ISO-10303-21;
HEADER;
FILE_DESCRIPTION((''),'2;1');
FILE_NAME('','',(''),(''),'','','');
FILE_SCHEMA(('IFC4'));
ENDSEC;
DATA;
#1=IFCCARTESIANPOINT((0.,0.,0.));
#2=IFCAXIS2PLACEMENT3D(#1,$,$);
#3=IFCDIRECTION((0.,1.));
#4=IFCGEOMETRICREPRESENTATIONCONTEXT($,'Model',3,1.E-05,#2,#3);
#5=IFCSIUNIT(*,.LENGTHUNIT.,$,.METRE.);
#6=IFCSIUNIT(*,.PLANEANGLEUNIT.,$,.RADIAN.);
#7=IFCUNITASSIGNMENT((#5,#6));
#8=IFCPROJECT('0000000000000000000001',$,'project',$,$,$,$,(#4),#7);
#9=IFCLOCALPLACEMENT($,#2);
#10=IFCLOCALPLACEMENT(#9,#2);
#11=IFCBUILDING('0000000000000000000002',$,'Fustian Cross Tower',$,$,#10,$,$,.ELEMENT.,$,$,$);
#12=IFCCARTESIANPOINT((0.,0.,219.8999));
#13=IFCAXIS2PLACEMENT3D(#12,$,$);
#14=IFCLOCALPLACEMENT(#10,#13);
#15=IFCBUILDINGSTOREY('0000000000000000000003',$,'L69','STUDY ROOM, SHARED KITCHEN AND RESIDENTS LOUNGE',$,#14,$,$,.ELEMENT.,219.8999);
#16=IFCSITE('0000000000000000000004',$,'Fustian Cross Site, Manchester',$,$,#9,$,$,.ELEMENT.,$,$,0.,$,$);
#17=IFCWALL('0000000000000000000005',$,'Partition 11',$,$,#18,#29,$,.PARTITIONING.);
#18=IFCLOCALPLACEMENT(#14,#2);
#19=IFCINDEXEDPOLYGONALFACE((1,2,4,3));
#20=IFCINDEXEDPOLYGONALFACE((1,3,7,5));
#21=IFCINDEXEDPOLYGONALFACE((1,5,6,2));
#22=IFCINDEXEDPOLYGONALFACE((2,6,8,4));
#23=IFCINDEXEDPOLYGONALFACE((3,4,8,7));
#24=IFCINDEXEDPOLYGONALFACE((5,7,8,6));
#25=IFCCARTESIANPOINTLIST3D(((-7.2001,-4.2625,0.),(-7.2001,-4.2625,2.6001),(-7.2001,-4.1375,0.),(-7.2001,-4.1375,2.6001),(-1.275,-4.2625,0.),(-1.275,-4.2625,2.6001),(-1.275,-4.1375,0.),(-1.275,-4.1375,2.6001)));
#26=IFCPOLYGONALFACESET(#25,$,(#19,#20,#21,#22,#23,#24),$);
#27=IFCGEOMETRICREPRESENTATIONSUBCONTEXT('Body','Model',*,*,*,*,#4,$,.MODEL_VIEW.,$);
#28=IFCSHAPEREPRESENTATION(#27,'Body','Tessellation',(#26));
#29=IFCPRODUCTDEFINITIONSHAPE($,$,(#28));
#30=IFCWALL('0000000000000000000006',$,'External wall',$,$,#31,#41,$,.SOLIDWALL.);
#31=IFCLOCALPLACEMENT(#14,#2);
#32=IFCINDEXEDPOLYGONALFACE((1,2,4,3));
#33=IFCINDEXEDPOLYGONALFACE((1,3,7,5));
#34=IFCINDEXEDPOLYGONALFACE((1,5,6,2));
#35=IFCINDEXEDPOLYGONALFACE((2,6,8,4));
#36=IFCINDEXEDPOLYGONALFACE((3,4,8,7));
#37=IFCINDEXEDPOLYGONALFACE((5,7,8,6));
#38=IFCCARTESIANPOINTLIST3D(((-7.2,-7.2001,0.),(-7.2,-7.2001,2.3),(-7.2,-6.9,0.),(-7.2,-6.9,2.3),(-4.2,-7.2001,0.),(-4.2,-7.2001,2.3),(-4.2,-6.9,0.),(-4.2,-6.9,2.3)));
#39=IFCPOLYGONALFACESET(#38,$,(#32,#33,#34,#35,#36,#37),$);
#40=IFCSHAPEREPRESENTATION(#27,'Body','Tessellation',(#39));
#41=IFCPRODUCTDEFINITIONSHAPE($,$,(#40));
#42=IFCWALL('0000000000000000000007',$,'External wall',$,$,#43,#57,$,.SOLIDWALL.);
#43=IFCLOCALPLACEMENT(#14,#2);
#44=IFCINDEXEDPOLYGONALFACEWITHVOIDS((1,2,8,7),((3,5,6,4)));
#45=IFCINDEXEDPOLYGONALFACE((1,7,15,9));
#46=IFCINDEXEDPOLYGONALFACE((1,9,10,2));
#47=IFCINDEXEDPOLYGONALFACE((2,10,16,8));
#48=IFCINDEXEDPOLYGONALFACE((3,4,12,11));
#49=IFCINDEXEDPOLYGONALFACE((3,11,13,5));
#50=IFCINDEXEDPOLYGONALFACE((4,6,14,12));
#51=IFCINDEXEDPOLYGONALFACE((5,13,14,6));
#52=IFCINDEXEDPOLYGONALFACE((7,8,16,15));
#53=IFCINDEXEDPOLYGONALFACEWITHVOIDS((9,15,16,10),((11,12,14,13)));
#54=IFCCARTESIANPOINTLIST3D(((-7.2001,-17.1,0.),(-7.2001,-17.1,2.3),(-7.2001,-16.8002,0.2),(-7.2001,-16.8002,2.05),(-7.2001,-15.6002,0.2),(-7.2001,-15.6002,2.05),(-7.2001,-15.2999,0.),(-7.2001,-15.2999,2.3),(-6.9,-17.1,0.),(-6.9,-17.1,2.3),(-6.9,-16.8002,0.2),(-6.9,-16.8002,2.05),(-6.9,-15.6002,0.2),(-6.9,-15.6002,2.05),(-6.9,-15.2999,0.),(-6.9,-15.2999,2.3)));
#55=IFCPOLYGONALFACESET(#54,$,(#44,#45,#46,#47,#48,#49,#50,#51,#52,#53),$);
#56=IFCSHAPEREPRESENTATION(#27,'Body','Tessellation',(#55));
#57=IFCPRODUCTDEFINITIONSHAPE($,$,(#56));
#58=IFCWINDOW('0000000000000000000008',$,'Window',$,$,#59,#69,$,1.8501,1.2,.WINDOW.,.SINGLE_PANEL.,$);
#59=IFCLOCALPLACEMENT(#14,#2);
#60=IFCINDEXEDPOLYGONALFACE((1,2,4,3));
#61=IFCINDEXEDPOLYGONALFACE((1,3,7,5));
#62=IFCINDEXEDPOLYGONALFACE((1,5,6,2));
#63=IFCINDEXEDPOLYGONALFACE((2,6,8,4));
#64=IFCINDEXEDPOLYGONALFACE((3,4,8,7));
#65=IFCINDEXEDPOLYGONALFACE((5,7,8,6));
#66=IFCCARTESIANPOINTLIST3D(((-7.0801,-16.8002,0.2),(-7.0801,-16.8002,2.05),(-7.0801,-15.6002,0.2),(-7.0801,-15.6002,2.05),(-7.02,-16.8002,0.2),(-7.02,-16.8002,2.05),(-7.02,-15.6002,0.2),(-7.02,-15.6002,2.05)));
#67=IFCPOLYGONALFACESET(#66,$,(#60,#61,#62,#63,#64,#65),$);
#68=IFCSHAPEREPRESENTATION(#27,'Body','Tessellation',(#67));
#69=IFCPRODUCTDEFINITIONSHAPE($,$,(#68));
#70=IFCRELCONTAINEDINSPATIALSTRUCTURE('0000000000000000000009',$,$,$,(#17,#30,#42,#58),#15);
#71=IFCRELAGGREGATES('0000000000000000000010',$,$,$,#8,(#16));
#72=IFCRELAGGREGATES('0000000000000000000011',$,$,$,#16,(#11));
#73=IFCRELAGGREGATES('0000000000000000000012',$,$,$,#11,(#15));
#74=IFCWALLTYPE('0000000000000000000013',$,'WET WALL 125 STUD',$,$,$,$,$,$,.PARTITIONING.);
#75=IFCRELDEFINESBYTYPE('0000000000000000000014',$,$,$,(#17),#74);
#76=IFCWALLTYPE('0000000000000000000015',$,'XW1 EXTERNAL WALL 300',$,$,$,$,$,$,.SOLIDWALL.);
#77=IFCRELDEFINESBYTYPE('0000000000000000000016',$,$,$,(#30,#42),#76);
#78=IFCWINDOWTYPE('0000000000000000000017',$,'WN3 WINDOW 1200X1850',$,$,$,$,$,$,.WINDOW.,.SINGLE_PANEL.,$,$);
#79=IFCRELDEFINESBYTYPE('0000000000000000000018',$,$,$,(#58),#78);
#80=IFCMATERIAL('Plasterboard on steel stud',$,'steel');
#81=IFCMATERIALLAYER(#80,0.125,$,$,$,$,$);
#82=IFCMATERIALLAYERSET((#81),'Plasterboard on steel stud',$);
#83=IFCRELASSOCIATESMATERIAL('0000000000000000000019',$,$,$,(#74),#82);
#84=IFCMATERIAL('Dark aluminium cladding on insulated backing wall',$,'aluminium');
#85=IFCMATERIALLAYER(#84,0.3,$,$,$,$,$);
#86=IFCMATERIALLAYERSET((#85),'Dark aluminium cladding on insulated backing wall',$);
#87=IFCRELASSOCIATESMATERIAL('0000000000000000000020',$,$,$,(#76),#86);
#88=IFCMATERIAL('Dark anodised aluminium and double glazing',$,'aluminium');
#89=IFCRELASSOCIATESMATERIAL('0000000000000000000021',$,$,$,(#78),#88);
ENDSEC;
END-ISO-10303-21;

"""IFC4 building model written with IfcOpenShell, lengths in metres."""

from ifc_helpers import new_model, si_unit, direction, frame, frame_2d, origin, place, context, subcontext, project, spatial, rectangle, extrude, material, layer, layer_set, type_object, element, fill, save


model = new_model("IFC4")

# Units and contexts
model_context = context("Model", 3, precision=1e-05, world=origin(), true_north=direction((0.0, 1.0)))
body_context = subcontext(model_context, "Body", "Model", "MODEL_VIEW")
ifc_project = project(units=[si_unit("LENGTHUNIT", "METRE"), si_unit("PLANEANGLEUNIT", "RADIAN")], contexts=[model_context])

# Site, building, storey
site_placement = place(None, origin())
site = spatial("IfcSite", under=ifc_project, at=site_placement, Name="Fustian Cross Site, Manchester", CompositionType="ELEMENT", RefElevation=0.0)
building_placement = place(site_placement, origin())
building = spatial("IfcBuilding", under=site, at=building_placement, Name="Fustian Cross Tower", CompositionType="ELEMENT")
storey_placement = place(building_placement, frame((0.0, 0.0, 219.8999)))
storey = spatial("IfcBuildingStorey", under=building, at=storey_placement, Name="L69", Description="STUDY ROOM, SHARED KITCHEN AND RESIDENTS LOUNGE", CompositionType="ELEMENT", Elevation=219.8999)

# Walls
ifc_material_1 = material(Name="Plasterboard on steel stud", Category="steel")
ifc_layer_1 = layer(ifc_material_1, 0.125)
ifc_layer_set_1 = layer_set([ifc_layer_1], Name="Plasterboard on steel stud")
wall_type_1 = type_object("IfcWallType", Name="WET WALL 125 STUD", PredefinedType="PARTITIONING", material=ifc_layer_set_1)
wall_1_placement = place(storey_placement, frame((-7.2, -4.2, 0.0), z_axis=(0.0, 0.0, 1.0), x_axis=(1.0, 0.0, 0.0)))
element("IfcWall", 1, at=wall_1_placement, inside=storey, type_object=wall_type_1, Name="Partition 11", PredefinedType="PARTITIONING", context=body_context, shape_type="SweptSolid", body=[
    extrude(rectangle(XDim=5.925, YDim=0.125, at=frame_2d((2.9624, 0.0))), origin(), (0.0, 0.0, 1.0), 2.6001),
])
ifc_material_2 = material(Name="Dark aluminium cladding on insulated backing wall", Category="aluminium")
ifc_layer_2 = layer(ifc_material_2, 0.3)
ifc_layer_set_2 = layer_set([ifc_layer_2], Name="Dark aluminium cladding on insulated backing wall")
wall_type_2 = type_object("IfcWallType", Name="XW1 EXTERNAL WALL 300", PredefinedType="SOLIDWALL", material=ifc_layer_set_2)
wall_2_placement = place(storey_placement, frame((-7.2, -7.05, 0.0), z_axis=(0.0, 0.0, 1.0), x_axis=(1.0, 0.0, 0.0)))
element("IfcWall", 2, at=wall_2_placement, inside=storey, type_object=wall_type_2, Name="External wall", PredefinedType="SOLIDWALL", context=body_context, shape_type="SweptSolid", body=[
    extrude(rectangle(XDim=3.0, YDim=0.3, at=frame_2d((1.5, 0.0))), origin(), (0.0, 0.0, 1.0), 2.3),
])

# Wall, opening, window
wall_3_placement = place(storey_placement, frame((-7.05, -15.3, 0.0), z_axis=(0.0, 0.0, 1.0), x_axis=(0.0, -1.0, 0.0)))
wall_3 = element("IfcWall", 3, at=wall_3_placement, inside=storey, type_object=wall_type_2, Name="External wall", PredefinedType="SOLIDWALL", context=body_context, shape_type="SweptSolid", body=[
    extrude(rectangle(XDim=1.8, YDim=0.3, at=frame_2d((0.8999, 0.0))), origin(), (0.0, 0.0, 1.0), 2.3),
])
opening_1_placement = place(wall_3_placement, frame((0.3, 0.0, 0.2)))
opening_1 = element("IfcOpeningElement", 4, at=opening_1_placement, cuts=wall_3, PredefinedType="OPENING", context=body_context, shape_type="SweptSolid", body=[
    extrude(rectangle(XDim=1.2, YDim=1.8501, at=frame_2d((0.6001, 0.925))), frame((0.0, 0.1599, 0.0), z_axis=(0.0, -1.0, 0.0), x_axis=(1.0, 0.0, 0.0)), (0.0, 0.0, 1.0), 0.3201),
])
ifc_material_3 = material(Name="Dark anodised aluminium and double glazing", Category="aluminium")
window_type = type_object("IfcWindowType", Name="WN3 WINDOW 1200X1850", PartitioningType="SINGLE_PANEL", PredefinedType="WINDOW", material=ifc_material_3)
window_placement = place(opening_1_placement, origin())
window = element("IfcWindow", 5, at=window_placement, inside=storey, type_object=window_type, Name="Window", OverallHeight=1.8501, OverallWidth=1.2, PartitioningType="SINGLE_PANEL", PredefinedType="WINDOW", context=body_context, shape_type="SweptSolid", body=[
    extrude(rectangle(XDim=1.2, YDim=1.8501, at=frame_2d((0.6001, 0.925))), frame((0.0, 0.03, 0.0), z_axis=(0.0, -1.0, 0.0), x_axis=(1.0, 0.0, 0.0)), (0.0, 0.0, 1.0), 0.0601),
])
fill(opening_1, window)

save(model, "model.ifc")
